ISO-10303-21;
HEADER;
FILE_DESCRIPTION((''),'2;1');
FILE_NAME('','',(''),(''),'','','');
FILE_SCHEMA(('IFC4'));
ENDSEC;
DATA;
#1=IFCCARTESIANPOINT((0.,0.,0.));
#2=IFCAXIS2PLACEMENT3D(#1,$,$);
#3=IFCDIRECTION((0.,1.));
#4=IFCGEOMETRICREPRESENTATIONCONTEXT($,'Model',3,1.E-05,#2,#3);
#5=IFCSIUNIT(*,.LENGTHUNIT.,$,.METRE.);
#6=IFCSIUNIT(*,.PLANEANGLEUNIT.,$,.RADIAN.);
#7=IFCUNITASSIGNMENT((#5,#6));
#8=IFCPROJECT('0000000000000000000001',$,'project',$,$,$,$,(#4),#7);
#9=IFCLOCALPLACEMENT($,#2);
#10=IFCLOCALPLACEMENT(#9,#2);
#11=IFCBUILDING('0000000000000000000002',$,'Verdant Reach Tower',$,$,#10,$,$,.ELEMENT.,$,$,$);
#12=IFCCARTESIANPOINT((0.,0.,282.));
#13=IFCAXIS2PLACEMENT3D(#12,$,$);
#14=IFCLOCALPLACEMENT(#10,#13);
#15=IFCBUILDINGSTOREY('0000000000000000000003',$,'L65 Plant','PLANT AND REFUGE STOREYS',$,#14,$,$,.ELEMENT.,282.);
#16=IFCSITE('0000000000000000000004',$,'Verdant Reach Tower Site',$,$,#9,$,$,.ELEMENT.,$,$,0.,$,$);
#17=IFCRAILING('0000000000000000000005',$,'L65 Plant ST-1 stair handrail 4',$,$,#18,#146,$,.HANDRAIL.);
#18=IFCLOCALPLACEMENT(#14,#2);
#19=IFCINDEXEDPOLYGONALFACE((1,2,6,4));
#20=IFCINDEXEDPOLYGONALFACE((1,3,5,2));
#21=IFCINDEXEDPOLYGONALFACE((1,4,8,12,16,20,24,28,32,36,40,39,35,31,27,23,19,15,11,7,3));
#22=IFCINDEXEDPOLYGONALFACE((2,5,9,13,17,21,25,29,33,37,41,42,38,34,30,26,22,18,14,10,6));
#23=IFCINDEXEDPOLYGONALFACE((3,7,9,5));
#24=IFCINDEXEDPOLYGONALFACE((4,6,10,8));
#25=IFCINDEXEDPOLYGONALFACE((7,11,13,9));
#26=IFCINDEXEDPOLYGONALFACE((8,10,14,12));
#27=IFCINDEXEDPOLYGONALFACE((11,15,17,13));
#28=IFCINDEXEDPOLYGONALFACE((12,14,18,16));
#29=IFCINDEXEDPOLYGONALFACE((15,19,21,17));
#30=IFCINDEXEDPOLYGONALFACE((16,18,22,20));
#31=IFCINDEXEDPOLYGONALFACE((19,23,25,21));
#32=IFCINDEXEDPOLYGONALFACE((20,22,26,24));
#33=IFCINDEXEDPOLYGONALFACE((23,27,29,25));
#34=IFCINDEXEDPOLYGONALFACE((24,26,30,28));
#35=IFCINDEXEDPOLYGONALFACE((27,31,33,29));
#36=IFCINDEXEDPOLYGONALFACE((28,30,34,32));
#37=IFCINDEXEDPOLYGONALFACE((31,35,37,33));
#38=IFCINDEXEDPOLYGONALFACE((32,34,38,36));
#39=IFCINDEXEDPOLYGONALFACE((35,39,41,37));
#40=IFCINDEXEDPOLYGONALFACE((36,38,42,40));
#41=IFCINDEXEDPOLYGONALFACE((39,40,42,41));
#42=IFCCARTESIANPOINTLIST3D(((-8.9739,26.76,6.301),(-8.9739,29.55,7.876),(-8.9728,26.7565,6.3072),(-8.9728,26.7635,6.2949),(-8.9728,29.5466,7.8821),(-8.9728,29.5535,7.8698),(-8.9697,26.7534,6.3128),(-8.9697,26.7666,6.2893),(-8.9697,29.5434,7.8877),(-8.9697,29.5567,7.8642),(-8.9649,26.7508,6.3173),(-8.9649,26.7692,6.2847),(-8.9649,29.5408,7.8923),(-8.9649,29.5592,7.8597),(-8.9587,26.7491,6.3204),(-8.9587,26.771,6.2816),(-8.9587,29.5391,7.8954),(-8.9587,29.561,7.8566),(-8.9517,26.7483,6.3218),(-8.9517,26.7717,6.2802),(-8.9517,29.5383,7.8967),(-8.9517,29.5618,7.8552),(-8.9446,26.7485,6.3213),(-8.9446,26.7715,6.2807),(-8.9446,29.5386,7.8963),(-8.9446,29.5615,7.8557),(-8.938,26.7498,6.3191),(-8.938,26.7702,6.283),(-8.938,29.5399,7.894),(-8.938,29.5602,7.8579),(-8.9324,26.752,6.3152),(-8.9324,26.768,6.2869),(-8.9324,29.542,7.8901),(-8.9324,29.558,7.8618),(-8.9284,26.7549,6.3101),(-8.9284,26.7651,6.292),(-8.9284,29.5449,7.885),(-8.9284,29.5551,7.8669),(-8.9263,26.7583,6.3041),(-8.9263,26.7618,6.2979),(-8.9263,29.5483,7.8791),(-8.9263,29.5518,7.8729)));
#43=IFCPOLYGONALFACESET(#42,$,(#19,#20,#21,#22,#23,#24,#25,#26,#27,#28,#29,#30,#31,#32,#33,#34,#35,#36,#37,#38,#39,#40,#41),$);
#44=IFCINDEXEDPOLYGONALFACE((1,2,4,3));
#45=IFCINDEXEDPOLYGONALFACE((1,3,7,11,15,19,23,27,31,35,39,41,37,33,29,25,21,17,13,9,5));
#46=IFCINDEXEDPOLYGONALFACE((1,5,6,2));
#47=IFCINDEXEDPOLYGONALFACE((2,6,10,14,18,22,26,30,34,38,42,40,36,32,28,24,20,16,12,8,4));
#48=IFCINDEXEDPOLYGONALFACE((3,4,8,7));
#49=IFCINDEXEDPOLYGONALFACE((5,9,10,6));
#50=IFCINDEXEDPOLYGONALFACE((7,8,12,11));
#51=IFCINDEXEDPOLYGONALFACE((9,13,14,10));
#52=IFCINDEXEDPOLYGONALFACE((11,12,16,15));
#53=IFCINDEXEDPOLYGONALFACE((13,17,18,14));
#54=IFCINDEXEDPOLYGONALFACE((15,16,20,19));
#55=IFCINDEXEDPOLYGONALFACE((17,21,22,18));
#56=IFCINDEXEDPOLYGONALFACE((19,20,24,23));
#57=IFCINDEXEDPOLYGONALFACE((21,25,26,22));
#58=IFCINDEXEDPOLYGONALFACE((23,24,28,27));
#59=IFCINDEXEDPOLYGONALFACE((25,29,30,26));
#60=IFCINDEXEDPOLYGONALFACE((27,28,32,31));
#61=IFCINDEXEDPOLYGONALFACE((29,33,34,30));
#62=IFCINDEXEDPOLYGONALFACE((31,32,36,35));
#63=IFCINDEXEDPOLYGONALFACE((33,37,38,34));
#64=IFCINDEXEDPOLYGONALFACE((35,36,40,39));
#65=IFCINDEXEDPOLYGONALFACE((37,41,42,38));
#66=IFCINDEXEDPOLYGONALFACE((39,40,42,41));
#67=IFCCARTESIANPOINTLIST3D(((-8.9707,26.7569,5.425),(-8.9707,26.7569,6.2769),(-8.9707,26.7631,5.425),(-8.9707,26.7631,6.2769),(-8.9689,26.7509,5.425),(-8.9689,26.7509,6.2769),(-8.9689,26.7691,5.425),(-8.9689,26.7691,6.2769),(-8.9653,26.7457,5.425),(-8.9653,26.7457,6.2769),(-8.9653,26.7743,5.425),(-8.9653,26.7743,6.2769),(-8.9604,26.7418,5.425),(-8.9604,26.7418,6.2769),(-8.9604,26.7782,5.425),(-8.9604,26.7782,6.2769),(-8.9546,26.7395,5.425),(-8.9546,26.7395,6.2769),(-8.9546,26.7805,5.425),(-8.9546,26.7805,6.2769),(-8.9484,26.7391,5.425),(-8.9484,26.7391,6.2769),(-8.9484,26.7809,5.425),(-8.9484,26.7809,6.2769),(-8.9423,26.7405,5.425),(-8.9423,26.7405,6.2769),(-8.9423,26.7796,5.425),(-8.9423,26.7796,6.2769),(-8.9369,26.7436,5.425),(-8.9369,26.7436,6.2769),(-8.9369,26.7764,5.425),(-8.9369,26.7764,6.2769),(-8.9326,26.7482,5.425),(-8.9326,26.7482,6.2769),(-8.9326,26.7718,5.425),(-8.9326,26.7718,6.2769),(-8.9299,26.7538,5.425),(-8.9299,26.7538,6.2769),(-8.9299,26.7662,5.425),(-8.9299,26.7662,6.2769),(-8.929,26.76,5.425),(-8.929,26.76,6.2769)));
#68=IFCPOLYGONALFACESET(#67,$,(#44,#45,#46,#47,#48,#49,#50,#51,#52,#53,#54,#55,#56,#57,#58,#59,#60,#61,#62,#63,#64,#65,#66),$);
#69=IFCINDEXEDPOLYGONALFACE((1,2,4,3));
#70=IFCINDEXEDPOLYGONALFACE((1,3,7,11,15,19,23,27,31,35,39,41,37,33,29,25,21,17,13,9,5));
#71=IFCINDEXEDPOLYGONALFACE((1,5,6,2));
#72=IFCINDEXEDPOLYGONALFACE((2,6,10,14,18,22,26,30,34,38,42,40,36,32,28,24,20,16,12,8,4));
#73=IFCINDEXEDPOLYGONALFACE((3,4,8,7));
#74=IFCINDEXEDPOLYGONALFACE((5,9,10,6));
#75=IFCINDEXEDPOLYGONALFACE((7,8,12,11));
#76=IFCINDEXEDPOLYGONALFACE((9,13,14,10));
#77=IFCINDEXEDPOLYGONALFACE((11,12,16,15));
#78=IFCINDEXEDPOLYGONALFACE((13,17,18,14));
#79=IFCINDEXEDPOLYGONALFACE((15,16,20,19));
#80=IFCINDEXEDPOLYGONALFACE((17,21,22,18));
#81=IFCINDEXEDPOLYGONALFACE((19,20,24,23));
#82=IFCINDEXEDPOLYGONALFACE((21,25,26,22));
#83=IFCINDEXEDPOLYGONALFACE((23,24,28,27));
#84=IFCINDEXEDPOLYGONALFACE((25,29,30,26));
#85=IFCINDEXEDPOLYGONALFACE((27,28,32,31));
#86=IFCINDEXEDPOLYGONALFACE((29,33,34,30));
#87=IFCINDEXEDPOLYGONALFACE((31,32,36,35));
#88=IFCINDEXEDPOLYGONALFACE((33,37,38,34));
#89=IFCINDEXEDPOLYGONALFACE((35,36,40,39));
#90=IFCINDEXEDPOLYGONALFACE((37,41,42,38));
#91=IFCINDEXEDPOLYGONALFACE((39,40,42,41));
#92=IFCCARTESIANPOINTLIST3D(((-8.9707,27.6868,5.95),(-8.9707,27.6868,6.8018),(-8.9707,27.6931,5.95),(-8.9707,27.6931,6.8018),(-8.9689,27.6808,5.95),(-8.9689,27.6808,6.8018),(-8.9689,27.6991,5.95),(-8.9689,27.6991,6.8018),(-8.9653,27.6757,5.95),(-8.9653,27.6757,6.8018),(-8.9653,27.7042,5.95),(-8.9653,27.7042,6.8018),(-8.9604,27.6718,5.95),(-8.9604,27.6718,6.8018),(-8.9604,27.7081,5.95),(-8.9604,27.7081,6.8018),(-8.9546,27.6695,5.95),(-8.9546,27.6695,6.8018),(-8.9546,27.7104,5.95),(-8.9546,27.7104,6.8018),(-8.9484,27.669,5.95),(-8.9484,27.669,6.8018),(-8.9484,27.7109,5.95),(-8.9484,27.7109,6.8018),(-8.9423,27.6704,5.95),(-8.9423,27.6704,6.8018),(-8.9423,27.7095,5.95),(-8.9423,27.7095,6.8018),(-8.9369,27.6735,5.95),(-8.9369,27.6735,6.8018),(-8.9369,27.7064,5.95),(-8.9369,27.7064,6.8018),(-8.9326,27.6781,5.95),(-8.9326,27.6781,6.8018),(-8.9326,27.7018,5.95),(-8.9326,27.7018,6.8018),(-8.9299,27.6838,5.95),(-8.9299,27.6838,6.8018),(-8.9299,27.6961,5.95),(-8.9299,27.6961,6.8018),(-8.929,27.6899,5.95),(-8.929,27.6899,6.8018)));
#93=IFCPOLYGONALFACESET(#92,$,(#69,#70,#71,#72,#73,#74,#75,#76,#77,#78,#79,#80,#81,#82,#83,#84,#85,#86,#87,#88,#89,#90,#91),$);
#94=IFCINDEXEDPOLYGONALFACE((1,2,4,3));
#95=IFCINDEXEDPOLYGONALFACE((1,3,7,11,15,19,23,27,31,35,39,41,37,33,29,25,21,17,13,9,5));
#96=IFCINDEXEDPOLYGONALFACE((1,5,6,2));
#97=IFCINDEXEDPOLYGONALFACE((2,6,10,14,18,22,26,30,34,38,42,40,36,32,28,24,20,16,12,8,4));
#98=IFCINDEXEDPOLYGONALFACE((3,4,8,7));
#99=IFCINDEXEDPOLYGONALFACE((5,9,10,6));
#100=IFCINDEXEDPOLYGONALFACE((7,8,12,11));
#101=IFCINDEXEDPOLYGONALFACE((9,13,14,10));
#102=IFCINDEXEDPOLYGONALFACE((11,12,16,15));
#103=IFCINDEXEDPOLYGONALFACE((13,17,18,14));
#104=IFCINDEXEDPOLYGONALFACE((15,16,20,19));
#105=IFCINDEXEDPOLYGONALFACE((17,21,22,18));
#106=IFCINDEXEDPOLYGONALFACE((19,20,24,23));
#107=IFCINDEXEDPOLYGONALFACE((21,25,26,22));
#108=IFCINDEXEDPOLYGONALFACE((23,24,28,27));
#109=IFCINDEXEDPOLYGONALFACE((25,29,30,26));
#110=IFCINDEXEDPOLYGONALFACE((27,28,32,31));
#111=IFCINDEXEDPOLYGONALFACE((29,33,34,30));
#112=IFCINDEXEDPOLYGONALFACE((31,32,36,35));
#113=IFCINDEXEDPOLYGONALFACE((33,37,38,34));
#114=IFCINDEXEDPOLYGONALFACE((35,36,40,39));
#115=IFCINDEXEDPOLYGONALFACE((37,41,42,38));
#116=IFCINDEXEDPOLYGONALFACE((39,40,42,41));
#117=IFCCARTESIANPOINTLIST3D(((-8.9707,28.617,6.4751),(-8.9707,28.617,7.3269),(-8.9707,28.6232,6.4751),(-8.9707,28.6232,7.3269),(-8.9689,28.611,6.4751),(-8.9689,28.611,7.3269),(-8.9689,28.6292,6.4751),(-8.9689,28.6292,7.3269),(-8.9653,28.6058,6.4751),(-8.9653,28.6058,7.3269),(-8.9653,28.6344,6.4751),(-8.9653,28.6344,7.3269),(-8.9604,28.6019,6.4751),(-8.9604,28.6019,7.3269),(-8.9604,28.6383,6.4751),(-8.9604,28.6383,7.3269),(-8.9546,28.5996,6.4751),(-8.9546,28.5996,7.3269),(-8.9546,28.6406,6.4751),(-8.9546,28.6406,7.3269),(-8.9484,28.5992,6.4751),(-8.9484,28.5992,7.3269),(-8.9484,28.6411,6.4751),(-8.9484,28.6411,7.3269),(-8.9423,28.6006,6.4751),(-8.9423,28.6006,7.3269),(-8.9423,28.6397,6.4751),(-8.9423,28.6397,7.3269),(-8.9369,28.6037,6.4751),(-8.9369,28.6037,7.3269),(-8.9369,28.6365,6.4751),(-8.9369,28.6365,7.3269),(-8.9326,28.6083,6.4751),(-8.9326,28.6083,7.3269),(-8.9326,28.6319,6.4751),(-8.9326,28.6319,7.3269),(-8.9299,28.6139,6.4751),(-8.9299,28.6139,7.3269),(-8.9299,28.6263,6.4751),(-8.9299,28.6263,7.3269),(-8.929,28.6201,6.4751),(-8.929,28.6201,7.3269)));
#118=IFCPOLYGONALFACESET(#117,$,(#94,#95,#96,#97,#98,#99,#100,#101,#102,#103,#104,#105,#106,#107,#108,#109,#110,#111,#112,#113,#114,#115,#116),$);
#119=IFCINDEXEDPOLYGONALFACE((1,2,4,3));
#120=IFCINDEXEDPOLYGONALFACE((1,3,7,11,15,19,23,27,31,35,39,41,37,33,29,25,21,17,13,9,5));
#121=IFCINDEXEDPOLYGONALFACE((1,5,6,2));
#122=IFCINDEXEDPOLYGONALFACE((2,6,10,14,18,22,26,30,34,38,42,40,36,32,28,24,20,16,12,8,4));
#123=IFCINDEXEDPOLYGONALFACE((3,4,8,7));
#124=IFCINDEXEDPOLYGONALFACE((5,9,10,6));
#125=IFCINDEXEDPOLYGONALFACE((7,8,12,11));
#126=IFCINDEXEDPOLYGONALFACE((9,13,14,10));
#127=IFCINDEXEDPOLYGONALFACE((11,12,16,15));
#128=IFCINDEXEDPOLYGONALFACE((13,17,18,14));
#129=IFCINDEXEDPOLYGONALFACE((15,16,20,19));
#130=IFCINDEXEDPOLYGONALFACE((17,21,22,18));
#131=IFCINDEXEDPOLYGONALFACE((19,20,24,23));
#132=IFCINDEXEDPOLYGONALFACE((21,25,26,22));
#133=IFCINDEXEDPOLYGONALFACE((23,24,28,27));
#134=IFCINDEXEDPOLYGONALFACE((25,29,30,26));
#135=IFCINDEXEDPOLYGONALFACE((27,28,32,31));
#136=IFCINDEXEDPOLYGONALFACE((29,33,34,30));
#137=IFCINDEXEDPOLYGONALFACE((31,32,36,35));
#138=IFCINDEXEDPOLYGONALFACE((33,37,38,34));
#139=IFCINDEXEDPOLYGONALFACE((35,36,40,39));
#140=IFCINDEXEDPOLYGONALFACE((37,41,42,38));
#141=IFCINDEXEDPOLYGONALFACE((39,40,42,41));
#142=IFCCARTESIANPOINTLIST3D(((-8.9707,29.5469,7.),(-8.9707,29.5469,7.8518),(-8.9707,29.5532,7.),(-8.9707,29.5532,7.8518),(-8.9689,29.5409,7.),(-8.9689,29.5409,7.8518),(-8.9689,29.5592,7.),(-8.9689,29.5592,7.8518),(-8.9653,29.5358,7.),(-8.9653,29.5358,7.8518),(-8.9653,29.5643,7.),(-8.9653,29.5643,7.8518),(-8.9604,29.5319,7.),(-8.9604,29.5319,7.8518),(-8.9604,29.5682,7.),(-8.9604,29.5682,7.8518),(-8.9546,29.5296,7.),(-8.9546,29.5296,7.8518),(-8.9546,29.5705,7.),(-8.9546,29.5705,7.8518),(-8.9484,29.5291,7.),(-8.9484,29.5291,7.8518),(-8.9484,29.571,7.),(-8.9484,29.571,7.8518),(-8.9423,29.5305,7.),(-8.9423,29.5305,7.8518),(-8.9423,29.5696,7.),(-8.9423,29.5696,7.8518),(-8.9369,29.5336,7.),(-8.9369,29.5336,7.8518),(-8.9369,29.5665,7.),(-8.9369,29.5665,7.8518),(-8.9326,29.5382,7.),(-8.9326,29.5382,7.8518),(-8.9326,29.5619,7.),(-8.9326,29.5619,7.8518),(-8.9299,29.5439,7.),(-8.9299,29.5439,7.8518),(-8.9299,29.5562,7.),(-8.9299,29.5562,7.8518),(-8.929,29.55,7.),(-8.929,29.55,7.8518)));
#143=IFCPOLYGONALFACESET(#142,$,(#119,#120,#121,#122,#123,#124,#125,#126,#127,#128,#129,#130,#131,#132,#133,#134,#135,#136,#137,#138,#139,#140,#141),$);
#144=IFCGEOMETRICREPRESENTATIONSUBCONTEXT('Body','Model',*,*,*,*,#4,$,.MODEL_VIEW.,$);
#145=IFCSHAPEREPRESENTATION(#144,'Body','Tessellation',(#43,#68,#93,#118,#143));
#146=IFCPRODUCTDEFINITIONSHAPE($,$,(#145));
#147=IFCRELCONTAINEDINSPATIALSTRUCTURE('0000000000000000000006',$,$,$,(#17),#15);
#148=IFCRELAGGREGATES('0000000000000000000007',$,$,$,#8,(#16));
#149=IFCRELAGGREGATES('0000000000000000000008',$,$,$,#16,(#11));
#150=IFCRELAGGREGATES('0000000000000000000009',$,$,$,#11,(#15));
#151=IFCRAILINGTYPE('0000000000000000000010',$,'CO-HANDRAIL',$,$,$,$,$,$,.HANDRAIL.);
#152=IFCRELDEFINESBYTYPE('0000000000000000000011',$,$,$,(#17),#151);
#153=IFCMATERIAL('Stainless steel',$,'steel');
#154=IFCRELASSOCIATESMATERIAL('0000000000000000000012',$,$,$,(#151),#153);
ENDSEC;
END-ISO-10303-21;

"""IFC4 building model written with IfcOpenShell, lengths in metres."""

from ifc_helpers import new_model, si_unit, direction, frame, origin, origin_2d, place, context, subcontext, project, spatial, circle, extrude, material, type_object, element, save


model = new_model("IFC4")

# Units and contexts
model_context = context("Model", 3, precision=1e-05, world=origin(), true_north=direction((0.0, 1.0)))
body_context = subcontext(model_context, "Body", "Model", "MODEL_VIEW")
ifc_project = project(units=[si_unit("LENGTHUNIT", "METRE"), si_unit("PLANEANGLEUNIT", "RADIAN")], contexts=[model_context])

# Site, building, storey
site_placement = place(None, origin())
site = spatial("IfcSite", under=ifc_project, at=site_placement, Name="Verdant Reach Tower Site", CompositionType="ELEMENT", RefElevation=0.0)
building_placement = place(site_placement, origin())
building = spatial("IfcBuilding", under=site, at=building_placement, Name="Verdant Reach Tower", CompositionType="ELEMENT")
storey_placement = place(building_placement, frame((0.0, 0.0, 282.0)))
storey = spatial("IfcBuildingStorey", under=building, at=storey_placement, Name="L65 Plant", Description="PLANT AND REFUGE STOREYS", CompositionType="ELEMENT", Elevation=282.0)

# Railing
ifc_material_1 = material(Name="Stainless steel", Category="steel")
railing_type = type_object("IfcRailingType", Name="CO-HANDRAIL", PredefinedType="HANDRAIL", material=ifc_material_1)
for number, where, name in (
    (1, (-8.95, 26.76, 5.425), "L65 Plant ST-1 stair handrail 4"),
):
    element("IfcRailing", number, at=place(storey_placement, frame(where)), inside=storey, type_object=railing_type, Name=name, PredefinedType="HANDRAIL", context=body_context, shape_type="SweptSolid", body=[
        extrude(circle(Radius=0.0239, at=origin_2d()), frame((0.0, 0.0, 0.876), z_axis=(0.0, 0.870834, 0.491578), x_axis=(-1.0, 0.0, 0.0)), (0.0, 0.0, 1.0), 3.2039),
        extrude(circle(Radius=0.021, at=origin_2d()), origin(), (0.0, 0.0, 1.0), 0.8518),
        extrude(circle(Radius=0.021, at=origin_2d()), frame((0.0, 0.9299, 0.5249)), (0.0, 0.0, 1.0), 0.8518),
        extrude(circle(Radius=0.021, at=origin_2d()), frame((0.0, 1.8601, 1.05)), (0.0, 0.0, 1.0), 0.8518),
        extrude(circle(Radius=0.021, at=origin_2d()), frame((0.0, 2.79, 1.575)), (0.0, 0.0, 1.0), 0.8518),
    ])

save(model, "model.ifc")
